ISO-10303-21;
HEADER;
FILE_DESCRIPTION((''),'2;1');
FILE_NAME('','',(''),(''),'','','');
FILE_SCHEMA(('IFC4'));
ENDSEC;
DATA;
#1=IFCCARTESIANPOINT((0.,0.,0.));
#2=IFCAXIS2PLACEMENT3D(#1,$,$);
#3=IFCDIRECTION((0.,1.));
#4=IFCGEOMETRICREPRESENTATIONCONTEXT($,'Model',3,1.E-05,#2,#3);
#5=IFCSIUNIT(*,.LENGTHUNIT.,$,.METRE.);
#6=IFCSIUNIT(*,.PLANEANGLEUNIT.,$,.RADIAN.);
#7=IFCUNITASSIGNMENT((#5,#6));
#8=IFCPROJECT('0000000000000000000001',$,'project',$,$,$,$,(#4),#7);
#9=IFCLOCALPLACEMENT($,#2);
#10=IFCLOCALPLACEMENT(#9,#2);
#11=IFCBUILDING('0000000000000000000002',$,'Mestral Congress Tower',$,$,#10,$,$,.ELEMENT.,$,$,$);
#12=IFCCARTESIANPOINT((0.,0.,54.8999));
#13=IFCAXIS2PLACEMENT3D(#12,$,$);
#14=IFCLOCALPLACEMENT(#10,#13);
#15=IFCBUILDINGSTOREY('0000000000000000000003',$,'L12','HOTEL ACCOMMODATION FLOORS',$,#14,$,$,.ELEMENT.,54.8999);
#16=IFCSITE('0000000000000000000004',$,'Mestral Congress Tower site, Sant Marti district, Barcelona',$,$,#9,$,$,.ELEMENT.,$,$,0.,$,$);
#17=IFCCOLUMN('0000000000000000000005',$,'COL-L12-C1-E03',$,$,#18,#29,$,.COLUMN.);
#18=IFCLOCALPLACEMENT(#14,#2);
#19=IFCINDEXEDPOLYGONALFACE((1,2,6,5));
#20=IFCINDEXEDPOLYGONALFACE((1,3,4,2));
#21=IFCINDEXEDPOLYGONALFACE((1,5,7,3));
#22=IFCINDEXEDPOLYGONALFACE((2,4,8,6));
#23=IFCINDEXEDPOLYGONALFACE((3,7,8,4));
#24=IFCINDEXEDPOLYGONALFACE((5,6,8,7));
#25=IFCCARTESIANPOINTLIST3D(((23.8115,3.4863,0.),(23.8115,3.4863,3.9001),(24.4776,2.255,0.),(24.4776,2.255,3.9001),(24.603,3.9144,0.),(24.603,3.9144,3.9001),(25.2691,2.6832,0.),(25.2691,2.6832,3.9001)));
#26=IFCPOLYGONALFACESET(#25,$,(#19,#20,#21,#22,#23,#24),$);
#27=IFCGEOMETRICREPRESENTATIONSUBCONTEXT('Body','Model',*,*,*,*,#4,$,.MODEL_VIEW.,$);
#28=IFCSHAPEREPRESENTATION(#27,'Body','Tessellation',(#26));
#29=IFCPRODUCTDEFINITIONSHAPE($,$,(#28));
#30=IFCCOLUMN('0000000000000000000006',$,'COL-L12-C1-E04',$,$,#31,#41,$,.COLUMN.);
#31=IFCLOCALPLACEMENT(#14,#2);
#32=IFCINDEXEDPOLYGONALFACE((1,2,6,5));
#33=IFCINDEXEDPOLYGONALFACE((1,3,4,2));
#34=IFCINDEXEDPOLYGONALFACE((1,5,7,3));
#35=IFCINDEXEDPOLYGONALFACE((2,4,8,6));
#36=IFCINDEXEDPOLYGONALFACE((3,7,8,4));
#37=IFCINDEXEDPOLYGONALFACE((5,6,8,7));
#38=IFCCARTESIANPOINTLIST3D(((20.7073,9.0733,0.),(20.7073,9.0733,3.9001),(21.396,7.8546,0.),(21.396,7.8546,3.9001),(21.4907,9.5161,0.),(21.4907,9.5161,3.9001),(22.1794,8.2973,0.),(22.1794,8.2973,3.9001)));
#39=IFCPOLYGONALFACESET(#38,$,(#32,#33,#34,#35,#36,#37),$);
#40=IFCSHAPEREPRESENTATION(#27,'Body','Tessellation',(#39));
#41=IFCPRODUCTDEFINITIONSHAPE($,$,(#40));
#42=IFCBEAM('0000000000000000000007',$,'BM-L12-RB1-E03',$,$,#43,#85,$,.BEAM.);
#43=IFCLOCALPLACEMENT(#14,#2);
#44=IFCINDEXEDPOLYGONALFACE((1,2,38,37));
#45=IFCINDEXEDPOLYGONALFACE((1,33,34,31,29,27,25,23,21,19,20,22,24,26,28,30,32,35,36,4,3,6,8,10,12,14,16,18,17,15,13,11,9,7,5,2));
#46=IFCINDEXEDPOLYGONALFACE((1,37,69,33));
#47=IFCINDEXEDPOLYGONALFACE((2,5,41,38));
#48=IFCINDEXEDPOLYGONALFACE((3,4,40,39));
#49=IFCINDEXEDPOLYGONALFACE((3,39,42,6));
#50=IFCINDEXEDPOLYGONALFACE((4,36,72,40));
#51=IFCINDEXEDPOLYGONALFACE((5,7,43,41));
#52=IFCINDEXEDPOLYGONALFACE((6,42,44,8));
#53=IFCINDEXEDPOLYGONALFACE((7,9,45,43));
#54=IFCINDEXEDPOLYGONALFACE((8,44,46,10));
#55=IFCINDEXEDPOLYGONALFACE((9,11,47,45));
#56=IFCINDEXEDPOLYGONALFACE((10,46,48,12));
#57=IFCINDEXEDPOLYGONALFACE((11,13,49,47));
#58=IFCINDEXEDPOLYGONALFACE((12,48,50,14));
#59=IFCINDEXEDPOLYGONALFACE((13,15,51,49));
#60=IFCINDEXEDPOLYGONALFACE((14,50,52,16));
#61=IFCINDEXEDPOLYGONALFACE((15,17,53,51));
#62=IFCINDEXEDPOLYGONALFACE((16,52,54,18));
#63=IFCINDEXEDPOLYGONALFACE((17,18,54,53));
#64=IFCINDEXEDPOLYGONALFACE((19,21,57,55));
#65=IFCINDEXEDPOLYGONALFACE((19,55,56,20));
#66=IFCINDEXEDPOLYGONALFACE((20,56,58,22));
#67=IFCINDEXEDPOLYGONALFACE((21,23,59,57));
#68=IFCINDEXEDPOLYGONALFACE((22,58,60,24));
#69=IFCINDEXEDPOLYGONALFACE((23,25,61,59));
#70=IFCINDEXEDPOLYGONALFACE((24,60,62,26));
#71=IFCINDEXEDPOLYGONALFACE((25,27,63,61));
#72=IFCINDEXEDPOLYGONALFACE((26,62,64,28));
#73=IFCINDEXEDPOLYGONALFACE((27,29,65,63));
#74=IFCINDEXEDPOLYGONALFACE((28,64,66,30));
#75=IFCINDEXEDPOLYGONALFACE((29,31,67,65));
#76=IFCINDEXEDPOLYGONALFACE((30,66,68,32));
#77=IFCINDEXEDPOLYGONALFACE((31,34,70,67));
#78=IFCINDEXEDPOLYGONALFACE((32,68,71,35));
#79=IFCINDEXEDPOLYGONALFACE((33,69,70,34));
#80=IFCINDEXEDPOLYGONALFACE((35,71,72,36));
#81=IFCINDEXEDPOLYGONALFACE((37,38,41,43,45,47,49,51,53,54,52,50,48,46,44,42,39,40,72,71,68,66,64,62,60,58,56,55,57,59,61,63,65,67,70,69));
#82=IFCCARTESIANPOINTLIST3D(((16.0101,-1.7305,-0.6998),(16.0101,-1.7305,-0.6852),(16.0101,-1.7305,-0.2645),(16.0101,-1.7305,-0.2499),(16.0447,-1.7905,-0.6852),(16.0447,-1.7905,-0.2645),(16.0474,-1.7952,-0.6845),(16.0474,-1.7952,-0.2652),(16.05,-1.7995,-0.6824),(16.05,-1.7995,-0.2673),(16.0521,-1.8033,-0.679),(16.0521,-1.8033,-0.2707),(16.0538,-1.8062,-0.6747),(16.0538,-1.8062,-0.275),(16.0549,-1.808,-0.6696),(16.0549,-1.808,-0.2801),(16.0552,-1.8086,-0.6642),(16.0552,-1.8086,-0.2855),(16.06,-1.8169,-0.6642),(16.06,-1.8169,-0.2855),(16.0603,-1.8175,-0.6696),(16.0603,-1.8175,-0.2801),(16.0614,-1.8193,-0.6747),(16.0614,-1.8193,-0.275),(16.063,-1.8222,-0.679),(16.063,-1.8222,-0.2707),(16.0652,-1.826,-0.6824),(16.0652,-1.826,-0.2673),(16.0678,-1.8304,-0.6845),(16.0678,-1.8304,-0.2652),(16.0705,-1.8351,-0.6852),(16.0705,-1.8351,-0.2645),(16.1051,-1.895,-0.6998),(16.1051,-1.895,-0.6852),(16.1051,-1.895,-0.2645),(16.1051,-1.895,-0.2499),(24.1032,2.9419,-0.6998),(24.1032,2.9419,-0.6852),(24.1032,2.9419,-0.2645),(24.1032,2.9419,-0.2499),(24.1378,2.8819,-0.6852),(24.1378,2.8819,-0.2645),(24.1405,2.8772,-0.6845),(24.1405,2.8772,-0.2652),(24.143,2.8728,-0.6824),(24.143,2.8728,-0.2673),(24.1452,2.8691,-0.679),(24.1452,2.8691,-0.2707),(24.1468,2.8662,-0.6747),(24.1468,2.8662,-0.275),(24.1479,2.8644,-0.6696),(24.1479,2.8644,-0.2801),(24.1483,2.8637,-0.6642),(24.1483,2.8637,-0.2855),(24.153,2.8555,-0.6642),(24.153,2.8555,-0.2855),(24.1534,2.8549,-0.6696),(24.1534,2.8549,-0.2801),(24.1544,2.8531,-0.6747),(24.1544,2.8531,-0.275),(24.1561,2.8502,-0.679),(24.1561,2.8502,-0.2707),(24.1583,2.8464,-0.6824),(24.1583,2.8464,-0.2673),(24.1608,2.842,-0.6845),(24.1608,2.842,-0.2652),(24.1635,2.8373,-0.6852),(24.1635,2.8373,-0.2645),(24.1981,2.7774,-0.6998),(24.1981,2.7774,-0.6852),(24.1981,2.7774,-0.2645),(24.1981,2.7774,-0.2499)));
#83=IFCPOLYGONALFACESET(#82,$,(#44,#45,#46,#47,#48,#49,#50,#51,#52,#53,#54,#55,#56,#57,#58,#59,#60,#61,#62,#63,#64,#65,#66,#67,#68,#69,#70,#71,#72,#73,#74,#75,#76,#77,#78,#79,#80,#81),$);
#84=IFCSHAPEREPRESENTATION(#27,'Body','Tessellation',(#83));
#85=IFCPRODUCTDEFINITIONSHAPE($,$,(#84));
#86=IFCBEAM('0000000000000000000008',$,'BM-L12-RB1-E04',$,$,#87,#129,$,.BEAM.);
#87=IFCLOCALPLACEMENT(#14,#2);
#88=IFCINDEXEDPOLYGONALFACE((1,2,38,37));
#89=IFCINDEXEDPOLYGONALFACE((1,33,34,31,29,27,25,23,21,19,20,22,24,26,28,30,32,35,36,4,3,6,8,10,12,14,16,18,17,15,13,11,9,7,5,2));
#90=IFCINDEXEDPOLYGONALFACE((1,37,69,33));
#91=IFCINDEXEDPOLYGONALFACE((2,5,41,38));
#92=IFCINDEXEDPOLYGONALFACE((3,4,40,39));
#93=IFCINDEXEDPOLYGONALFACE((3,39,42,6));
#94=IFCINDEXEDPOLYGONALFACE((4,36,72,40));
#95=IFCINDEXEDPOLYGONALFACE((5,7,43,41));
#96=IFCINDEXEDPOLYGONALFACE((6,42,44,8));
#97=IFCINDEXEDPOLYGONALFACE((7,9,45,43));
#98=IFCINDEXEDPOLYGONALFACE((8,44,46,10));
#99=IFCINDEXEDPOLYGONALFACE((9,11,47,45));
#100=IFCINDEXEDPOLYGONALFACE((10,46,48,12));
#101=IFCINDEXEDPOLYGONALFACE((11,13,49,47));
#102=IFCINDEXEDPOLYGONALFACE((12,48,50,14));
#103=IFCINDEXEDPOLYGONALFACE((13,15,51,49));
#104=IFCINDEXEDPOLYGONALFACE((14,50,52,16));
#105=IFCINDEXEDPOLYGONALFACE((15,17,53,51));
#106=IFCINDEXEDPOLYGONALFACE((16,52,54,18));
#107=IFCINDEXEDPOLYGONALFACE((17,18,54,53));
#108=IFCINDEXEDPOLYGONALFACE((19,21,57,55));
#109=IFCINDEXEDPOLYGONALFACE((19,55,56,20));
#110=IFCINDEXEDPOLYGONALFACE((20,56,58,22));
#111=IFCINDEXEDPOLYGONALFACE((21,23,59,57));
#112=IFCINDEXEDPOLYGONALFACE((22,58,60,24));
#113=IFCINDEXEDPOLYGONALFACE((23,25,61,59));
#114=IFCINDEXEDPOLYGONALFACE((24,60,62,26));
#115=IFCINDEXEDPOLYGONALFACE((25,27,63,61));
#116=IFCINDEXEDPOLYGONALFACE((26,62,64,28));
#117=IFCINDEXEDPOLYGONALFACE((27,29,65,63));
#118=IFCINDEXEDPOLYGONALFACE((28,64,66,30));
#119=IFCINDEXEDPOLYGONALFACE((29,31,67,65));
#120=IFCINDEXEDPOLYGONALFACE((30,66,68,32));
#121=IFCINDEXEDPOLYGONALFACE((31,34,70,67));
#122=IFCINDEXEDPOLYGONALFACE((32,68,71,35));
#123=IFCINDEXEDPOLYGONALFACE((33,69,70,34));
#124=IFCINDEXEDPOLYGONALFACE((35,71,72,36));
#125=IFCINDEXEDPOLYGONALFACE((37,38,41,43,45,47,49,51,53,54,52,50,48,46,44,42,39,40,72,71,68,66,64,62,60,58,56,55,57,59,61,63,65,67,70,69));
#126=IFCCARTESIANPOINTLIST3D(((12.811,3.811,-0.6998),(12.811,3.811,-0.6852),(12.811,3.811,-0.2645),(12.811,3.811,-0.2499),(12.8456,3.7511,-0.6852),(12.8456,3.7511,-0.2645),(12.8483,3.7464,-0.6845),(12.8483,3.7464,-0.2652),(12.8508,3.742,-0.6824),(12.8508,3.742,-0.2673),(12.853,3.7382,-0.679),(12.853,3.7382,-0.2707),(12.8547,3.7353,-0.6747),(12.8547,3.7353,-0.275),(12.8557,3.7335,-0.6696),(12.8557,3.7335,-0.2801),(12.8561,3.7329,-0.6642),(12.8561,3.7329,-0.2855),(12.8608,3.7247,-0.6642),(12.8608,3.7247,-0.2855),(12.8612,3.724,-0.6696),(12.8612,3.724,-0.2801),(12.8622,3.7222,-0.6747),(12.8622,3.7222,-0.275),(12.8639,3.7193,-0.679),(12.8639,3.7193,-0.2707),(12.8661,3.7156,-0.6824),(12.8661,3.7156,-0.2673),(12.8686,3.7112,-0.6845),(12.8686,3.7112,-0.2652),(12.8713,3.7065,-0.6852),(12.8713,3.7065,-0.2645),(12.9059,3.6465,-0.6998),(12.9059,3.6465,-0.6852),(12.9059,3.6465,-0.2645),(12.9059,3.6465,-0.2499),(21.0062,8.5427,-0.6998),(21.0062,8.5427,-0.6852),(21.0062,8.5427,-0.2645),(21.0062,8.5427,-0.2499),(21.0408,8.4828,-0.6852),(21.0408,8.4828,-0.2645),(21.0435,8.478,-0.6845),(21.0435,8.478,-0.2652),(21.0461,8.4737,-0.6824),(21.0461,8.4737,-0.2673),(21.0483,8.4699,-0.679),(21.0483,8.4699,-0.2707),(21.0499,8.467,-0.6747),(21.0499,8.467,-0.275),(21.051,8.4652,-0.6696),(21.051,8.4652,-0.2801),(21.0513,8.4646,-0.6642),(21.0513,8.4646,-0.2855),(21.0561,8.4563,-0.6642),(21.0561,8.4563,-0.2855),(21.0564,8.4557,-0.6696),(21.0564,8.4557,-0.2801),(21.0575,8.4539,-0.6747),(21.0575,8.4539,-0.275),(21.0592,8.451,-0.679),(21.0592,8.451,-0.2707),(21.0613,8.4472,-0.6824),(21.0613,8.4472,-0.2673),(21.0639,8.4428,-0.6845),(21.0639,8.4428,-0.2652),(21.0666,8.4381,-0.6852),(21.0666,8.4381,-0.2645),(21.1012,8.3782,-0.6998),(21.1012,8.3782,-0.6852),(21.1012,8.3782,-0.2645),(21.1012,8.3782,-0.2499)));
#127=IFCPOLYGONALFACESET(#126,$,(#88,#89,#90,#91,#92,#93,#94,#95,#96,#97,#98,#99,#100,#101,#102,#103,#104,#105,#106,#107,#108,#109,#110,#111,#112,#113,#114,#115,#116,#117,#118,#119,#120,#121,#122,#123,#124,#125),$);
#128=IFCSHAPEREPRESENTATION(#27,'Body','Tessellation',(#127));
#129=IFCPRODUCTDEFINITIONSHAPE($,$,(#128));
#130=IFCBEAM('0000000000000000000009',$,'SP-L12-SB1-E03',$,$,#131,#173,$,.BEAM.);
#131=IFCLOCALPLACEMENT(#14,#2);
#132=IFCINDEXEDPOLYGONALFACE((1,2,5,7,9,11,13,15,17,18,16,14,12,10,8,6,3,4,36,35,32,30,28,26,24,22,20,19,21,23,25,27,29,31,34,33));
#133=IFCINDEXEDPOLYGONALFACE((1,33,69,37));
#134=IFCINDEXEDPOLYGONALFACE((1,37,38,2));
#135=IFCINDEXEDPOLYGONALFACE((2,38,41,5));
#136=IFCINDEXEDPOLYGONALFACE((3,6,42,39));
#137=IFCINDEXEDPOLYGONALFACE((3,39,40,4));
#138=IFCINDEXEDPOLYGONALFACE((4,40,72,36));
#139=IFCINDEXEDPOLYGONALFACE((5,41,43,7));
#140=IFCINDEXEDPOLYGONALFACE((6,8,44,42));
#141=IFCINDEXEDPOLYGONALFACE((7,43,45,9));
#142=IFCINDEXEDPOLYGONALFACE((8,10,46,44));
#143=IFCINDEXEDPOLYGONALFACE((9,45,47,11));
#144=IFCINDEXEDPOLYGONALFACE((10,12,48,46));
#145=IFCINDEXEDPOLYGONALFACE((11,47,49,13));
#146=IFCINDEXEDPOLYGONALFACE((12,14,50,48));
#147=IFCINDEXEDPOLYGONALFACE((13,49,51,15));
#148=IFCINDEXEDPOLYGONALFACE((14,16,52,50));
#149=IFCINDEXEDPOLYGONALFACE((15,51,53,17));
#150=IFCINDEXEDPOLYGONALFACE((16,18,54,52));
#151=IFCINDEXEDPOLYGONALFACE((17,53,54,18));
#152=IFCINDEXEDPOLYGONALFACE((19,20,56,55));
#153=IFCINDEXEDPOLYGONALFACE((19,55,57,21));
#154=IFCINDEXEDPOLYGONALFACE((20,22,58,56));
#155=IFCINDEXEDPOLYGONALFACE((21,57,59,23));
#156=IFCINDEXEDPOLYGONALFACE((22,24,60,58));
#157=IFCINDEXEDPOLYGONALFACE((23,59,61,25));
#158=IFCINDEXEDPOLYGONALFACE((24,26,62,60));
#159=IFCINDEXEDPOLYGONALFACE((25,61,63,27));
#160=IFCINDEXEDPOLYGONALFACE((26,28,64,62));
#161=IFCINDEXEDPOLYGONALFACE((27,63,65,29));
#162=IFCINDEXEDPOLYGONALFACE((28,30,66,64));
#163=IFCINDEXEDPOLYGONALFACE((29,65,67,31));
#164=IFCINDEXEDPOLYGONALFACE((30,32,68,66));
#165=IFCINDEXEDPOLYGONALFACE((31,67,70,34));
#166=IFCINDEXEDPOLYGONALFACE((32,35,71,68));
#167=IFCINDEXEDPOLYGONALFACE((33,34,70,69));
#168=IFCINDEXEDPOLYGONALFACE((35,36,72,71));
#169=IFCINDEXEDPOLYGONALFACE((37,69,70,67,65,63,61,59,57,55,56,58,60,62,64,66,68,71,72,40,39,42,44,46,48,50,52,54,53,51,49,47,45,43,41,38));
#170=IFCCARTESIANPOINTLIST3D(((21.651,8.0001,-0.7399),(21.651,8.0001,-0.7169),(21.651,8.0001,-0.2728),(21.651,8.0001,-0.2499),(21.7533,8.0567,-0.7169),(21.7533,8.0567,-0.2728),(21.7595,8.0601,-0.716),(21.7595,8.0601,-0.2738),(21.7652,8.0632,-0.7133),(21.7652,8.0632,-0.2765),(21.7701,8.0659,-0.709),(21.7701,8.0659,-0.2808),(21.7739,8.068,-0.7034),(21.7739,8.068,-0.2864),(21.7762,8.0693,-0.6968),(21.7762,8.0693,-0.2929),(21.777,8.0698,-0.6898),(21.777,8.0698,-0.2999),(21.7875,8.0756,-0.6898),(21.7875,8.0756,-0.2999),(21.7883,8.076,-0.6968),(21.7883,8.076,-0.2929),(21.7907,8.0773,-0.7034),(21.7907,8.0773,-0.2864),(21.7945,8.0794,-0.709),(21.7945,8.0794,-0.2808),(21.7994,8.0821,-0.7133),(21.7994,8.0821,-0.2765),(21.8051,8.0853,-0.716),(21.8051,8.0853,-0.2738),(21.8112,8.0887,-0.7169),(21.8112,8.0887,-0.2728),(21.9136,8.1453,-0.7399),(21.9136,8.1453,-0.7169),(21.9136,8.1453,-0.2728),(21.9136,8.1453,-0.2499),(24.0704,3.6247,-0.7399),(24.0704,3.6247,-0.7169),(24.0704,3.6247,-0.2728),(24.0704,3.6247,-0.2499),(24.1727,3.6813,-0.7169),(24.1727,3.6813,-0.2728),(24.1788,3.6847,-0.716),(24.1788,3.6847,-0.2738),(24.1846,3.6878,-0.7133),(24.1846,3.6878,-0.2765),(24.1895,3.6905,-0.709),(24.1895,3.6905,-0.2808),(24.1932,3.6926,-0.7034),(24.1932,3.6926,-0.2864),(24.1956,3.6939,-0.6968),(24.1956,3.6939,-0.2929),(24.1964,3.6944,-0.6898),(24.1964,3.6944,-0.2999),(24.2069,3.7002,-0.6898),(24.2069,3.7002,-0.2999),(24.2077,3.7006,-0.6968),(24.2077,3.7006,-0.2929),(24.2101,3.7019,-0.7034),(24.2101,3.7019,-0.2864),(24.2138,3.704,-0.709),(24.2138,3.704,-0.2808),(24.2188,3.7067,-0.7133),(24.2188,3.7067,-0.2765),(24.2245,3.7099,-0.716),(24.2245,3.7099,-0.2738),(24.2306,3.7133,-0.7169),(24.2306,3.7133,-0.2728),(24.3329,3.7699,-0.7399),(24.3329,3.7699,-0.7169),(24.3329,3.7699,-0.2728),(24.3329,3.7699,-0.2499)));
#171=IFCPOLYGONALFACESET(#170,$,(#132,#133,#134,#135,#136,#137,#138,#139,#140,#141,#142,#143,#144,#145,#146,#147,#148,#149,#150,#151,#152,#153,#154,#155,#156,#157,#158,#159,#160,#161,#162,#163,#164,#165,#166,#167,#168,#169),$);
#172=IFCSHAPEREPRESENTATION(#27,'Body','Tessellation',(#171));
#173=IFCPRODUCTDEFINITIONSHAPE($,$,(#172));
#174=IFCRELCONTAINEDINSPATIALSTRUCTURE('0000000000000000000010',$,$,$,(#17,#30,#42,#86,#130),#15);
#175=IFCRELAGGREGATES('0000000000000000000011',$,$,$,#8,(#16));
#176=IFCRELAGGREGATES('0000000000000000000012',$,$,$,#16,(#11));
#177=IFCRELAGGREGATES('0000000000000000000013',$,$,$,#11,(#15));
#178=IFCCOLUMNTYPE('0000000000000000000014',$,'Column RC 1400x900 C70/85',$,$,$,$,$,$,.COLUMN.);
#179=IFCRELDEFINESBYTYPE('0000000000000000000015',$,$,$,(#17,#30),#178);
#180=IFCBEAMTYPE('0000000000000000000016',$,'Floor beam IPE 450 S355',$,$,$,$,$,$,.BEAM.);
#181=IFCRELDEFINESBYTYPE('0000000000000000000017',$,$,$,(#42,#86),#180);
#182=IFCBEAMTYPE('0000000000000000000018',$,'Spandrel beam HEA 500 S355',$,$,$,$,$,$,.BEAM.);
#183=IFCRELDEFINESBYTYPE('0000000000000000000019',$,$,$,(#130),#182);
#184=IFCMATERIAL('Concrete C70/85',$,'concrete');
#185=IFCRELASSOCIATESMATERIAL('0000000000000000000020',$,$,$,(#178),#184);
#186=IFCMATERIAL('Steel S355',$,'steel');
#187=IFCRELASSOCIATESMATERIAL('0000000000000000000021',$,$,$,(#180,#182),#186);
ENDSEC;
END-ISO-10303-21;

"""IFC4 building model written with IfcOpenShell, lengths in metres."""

from ifc_helpers import new_model, si_unit, direction, frame, origin, origin_2d, place, context, subcontext, project, spatial, rectangle, i_section, extrude, material, material_profile, profile_set, type_object, element, save


model = new_model("IFC4")

# Units and contexts
model_context = context("Model", 3, precision=1e-05, world=origin(), true_north=direction((0.0, 1.0)))
body_context = subcontext(model_context, "Body", "Model", "MODEL_VIEW")
ifc_project = project(units=[si_unit("LENGTHUNIT", "METRE"), si_unit("PLANEANGLEUNIT", "RADIAN")], contexts=[model_context])

# Site, building, storey
site_placement = place(None, origin())
site = spatial("IfcSite", under=ifc_project, at=site_placement, Name="Mestral Congress Tower site, Sant Marti district, Barcelona", CompositionType="ELEMENT", RefElevation=0.0)
building_placement = place(site_placement, origin())
building = spatial("IfcBuilding", under=site, at=building_placement, Name="Mestral Congress Tower", CompositionType="ELEMENT")
storey_placement = place(building_placement, frame((0.0, 0.0, 54.8999)))
storey = spatial("IfcBuildingStorey", under=building, at=storey_placement, Name="L12", Description="HOTEL ACCOMMODATION FLOORS", CompositionType="ELEMENT", Elevation=54.8999)

# Columns
ifc_material_1 = material(Name="Concrete C70/85", Category="concrete")
ifc_material_profile_1 = material_profile(ifc_material_1, rectangle(XDim=1.3999, YDim=0.8999, at=origin_2d()), Name="RC 1400x900")
ifc_profile_set_1 = profile_set([ifc_material_profile_1], Name="Concrete C70/85")
column_type = type_object("IfcColumnType", Name="Column RC 1400x900 C70/85", PredefinedType="COLUMN", material=ifc_profile_set_1)
for number, where, z_axis, x_axis, name in (
    (1, (24.5403, 3.0847, 0.0), (0.0, 0.0, 1.0), (-0.475796, 0.879556, 0.0), "COL-L12-C1-E03"),
    (2, (21.4434, 8.6853, 0.0), (0.0, 0.0, 1.0), (-0.491974, 0.87061, 0.0), "COL-L12-C1-E04"),
):
    element("IfcColumn", number, at=place(storey_placement, frame(where, z_axis=z_axis, x_axis=x_axis)), inside=storey, type_object=column_type, Name=name, PredefinedType="COLUMN", context=body_context, shape_type="SweptSolid", body=[
        extrude(rectangle(XDim=1.3999, YDim=0.8999, at=origin_2d()), origin(), (0.0, 0.0, 1.0), 3.9001),
    ])

# Beams
ifc_material_2 = material(Name="Steel S355", Category="steel")
ifc_material_profile_2 = material_profile(ifc_material_2, i_section(OverallWidth=0.1899, OverallDepth=0.45, WebThickness=0.0095, FlangeThickness=0.0146, FilletRadius=0.021, at=origin_2d()), Name="IPE 450")
ifc_profile_set_2 = profile_set([ifc_material_profile_2], Name="Steel S355")
beam_type_1 = type_object("IfcBeamType", Name="Floor beam IPE 450 S355", PredefinedType="BEAM", material=ifc_profile_set_2)
beam_1_placement = place(storey_placement, frame((24.1506, 2.8596, -0.4749), z_axis=(-0.866032, -0.499989, 0.0), x_axis=(0.499989, -0.866032, 0.0)))
element("IfcBeam", 3, at=beam_1_placement, inside=storey, type_object=beam_type_1, Name="BM-L12-RB1-E03", PredefinedType="BEAM", context=body_context, shape_type="SweptSolid", body=[
    extrude(i_section(OverallWidth=0.1899, OverallDepth=0.45, WebThickness=0.0095, FlangeThickness=0.0146, FilletRadius=0.021, at=origin_2d()), origin(), (0.0, 0.0, 1.0), 9.345),
])
beam_2_placement = place(storey_placement, frame((21.0537, 8.4604, -0.4749), z_axis=(-0.86602, -0.50001, 0.0), x_axis=(0.50001, -0.86602, 0.0)))
element("IfcBeam", 4, at=beam_2_placement, inside=storey, type_object=beam_type_1, Name="BM-L12-RB1-E04", PredefinedType="BEAM", context=body_context, shape_type="SweptSolid", body=[
    extrude(i_section(OverallWidth=0.1899, OverallDepth=0.45, WebThickness=0.0095, FlangeThickness=0.0146, FilletRadius=0.021, at=origin_2d()), origin(), (0.0, 0.0, 1.0), 9.4631),
])
ifc_material_profile_3 = material_profile(ifc_material_2, i_section(OverallWidth=0.3, OverallDepth=0.49, WebThickness=0.012, FlangeThickness=0.0229, FilletRadius=0.0271, at=origin_2d()), Name="HEA 500")
ifc_profile_set_3 = profile_set([ifc_material_profile_3], Name="Steel S355")
beam_type_2 = type_object("IfcBeamType", Name="Spandrel beam HEA 500 S355", PredefinedType="BEAM", material=ifc_profile_set_3)
for number, where, z_axis, x_axis, name in (
    (5, (24.2017, 3.6973, -0.4949), (-0.483901, 0.875123, 0.0), (-0.875123, -0.483901, 0.0), "SP-L12-SB1-E03"),
):
    element("IfcBeam", number, at=place(storey_placement, frame(where, z_axis=z_axis, x_axis=x_axis)), inside=storey, type_object=beam_type_2, Name=name, PredefinedType="BEAM", context=body_context, shape_type="SweptSolid", body=[
        extrude(i_section(OverallWidth=0.3, OverallDepth=0.49, WebThickness=0.012, FlangeThickness=0.0229, FilletRadius=0.0271, at=origin_2d()), origin(), (0.0, 0.0, 1.0), 4.9998),
    ])

save(model, "model.ifc")
